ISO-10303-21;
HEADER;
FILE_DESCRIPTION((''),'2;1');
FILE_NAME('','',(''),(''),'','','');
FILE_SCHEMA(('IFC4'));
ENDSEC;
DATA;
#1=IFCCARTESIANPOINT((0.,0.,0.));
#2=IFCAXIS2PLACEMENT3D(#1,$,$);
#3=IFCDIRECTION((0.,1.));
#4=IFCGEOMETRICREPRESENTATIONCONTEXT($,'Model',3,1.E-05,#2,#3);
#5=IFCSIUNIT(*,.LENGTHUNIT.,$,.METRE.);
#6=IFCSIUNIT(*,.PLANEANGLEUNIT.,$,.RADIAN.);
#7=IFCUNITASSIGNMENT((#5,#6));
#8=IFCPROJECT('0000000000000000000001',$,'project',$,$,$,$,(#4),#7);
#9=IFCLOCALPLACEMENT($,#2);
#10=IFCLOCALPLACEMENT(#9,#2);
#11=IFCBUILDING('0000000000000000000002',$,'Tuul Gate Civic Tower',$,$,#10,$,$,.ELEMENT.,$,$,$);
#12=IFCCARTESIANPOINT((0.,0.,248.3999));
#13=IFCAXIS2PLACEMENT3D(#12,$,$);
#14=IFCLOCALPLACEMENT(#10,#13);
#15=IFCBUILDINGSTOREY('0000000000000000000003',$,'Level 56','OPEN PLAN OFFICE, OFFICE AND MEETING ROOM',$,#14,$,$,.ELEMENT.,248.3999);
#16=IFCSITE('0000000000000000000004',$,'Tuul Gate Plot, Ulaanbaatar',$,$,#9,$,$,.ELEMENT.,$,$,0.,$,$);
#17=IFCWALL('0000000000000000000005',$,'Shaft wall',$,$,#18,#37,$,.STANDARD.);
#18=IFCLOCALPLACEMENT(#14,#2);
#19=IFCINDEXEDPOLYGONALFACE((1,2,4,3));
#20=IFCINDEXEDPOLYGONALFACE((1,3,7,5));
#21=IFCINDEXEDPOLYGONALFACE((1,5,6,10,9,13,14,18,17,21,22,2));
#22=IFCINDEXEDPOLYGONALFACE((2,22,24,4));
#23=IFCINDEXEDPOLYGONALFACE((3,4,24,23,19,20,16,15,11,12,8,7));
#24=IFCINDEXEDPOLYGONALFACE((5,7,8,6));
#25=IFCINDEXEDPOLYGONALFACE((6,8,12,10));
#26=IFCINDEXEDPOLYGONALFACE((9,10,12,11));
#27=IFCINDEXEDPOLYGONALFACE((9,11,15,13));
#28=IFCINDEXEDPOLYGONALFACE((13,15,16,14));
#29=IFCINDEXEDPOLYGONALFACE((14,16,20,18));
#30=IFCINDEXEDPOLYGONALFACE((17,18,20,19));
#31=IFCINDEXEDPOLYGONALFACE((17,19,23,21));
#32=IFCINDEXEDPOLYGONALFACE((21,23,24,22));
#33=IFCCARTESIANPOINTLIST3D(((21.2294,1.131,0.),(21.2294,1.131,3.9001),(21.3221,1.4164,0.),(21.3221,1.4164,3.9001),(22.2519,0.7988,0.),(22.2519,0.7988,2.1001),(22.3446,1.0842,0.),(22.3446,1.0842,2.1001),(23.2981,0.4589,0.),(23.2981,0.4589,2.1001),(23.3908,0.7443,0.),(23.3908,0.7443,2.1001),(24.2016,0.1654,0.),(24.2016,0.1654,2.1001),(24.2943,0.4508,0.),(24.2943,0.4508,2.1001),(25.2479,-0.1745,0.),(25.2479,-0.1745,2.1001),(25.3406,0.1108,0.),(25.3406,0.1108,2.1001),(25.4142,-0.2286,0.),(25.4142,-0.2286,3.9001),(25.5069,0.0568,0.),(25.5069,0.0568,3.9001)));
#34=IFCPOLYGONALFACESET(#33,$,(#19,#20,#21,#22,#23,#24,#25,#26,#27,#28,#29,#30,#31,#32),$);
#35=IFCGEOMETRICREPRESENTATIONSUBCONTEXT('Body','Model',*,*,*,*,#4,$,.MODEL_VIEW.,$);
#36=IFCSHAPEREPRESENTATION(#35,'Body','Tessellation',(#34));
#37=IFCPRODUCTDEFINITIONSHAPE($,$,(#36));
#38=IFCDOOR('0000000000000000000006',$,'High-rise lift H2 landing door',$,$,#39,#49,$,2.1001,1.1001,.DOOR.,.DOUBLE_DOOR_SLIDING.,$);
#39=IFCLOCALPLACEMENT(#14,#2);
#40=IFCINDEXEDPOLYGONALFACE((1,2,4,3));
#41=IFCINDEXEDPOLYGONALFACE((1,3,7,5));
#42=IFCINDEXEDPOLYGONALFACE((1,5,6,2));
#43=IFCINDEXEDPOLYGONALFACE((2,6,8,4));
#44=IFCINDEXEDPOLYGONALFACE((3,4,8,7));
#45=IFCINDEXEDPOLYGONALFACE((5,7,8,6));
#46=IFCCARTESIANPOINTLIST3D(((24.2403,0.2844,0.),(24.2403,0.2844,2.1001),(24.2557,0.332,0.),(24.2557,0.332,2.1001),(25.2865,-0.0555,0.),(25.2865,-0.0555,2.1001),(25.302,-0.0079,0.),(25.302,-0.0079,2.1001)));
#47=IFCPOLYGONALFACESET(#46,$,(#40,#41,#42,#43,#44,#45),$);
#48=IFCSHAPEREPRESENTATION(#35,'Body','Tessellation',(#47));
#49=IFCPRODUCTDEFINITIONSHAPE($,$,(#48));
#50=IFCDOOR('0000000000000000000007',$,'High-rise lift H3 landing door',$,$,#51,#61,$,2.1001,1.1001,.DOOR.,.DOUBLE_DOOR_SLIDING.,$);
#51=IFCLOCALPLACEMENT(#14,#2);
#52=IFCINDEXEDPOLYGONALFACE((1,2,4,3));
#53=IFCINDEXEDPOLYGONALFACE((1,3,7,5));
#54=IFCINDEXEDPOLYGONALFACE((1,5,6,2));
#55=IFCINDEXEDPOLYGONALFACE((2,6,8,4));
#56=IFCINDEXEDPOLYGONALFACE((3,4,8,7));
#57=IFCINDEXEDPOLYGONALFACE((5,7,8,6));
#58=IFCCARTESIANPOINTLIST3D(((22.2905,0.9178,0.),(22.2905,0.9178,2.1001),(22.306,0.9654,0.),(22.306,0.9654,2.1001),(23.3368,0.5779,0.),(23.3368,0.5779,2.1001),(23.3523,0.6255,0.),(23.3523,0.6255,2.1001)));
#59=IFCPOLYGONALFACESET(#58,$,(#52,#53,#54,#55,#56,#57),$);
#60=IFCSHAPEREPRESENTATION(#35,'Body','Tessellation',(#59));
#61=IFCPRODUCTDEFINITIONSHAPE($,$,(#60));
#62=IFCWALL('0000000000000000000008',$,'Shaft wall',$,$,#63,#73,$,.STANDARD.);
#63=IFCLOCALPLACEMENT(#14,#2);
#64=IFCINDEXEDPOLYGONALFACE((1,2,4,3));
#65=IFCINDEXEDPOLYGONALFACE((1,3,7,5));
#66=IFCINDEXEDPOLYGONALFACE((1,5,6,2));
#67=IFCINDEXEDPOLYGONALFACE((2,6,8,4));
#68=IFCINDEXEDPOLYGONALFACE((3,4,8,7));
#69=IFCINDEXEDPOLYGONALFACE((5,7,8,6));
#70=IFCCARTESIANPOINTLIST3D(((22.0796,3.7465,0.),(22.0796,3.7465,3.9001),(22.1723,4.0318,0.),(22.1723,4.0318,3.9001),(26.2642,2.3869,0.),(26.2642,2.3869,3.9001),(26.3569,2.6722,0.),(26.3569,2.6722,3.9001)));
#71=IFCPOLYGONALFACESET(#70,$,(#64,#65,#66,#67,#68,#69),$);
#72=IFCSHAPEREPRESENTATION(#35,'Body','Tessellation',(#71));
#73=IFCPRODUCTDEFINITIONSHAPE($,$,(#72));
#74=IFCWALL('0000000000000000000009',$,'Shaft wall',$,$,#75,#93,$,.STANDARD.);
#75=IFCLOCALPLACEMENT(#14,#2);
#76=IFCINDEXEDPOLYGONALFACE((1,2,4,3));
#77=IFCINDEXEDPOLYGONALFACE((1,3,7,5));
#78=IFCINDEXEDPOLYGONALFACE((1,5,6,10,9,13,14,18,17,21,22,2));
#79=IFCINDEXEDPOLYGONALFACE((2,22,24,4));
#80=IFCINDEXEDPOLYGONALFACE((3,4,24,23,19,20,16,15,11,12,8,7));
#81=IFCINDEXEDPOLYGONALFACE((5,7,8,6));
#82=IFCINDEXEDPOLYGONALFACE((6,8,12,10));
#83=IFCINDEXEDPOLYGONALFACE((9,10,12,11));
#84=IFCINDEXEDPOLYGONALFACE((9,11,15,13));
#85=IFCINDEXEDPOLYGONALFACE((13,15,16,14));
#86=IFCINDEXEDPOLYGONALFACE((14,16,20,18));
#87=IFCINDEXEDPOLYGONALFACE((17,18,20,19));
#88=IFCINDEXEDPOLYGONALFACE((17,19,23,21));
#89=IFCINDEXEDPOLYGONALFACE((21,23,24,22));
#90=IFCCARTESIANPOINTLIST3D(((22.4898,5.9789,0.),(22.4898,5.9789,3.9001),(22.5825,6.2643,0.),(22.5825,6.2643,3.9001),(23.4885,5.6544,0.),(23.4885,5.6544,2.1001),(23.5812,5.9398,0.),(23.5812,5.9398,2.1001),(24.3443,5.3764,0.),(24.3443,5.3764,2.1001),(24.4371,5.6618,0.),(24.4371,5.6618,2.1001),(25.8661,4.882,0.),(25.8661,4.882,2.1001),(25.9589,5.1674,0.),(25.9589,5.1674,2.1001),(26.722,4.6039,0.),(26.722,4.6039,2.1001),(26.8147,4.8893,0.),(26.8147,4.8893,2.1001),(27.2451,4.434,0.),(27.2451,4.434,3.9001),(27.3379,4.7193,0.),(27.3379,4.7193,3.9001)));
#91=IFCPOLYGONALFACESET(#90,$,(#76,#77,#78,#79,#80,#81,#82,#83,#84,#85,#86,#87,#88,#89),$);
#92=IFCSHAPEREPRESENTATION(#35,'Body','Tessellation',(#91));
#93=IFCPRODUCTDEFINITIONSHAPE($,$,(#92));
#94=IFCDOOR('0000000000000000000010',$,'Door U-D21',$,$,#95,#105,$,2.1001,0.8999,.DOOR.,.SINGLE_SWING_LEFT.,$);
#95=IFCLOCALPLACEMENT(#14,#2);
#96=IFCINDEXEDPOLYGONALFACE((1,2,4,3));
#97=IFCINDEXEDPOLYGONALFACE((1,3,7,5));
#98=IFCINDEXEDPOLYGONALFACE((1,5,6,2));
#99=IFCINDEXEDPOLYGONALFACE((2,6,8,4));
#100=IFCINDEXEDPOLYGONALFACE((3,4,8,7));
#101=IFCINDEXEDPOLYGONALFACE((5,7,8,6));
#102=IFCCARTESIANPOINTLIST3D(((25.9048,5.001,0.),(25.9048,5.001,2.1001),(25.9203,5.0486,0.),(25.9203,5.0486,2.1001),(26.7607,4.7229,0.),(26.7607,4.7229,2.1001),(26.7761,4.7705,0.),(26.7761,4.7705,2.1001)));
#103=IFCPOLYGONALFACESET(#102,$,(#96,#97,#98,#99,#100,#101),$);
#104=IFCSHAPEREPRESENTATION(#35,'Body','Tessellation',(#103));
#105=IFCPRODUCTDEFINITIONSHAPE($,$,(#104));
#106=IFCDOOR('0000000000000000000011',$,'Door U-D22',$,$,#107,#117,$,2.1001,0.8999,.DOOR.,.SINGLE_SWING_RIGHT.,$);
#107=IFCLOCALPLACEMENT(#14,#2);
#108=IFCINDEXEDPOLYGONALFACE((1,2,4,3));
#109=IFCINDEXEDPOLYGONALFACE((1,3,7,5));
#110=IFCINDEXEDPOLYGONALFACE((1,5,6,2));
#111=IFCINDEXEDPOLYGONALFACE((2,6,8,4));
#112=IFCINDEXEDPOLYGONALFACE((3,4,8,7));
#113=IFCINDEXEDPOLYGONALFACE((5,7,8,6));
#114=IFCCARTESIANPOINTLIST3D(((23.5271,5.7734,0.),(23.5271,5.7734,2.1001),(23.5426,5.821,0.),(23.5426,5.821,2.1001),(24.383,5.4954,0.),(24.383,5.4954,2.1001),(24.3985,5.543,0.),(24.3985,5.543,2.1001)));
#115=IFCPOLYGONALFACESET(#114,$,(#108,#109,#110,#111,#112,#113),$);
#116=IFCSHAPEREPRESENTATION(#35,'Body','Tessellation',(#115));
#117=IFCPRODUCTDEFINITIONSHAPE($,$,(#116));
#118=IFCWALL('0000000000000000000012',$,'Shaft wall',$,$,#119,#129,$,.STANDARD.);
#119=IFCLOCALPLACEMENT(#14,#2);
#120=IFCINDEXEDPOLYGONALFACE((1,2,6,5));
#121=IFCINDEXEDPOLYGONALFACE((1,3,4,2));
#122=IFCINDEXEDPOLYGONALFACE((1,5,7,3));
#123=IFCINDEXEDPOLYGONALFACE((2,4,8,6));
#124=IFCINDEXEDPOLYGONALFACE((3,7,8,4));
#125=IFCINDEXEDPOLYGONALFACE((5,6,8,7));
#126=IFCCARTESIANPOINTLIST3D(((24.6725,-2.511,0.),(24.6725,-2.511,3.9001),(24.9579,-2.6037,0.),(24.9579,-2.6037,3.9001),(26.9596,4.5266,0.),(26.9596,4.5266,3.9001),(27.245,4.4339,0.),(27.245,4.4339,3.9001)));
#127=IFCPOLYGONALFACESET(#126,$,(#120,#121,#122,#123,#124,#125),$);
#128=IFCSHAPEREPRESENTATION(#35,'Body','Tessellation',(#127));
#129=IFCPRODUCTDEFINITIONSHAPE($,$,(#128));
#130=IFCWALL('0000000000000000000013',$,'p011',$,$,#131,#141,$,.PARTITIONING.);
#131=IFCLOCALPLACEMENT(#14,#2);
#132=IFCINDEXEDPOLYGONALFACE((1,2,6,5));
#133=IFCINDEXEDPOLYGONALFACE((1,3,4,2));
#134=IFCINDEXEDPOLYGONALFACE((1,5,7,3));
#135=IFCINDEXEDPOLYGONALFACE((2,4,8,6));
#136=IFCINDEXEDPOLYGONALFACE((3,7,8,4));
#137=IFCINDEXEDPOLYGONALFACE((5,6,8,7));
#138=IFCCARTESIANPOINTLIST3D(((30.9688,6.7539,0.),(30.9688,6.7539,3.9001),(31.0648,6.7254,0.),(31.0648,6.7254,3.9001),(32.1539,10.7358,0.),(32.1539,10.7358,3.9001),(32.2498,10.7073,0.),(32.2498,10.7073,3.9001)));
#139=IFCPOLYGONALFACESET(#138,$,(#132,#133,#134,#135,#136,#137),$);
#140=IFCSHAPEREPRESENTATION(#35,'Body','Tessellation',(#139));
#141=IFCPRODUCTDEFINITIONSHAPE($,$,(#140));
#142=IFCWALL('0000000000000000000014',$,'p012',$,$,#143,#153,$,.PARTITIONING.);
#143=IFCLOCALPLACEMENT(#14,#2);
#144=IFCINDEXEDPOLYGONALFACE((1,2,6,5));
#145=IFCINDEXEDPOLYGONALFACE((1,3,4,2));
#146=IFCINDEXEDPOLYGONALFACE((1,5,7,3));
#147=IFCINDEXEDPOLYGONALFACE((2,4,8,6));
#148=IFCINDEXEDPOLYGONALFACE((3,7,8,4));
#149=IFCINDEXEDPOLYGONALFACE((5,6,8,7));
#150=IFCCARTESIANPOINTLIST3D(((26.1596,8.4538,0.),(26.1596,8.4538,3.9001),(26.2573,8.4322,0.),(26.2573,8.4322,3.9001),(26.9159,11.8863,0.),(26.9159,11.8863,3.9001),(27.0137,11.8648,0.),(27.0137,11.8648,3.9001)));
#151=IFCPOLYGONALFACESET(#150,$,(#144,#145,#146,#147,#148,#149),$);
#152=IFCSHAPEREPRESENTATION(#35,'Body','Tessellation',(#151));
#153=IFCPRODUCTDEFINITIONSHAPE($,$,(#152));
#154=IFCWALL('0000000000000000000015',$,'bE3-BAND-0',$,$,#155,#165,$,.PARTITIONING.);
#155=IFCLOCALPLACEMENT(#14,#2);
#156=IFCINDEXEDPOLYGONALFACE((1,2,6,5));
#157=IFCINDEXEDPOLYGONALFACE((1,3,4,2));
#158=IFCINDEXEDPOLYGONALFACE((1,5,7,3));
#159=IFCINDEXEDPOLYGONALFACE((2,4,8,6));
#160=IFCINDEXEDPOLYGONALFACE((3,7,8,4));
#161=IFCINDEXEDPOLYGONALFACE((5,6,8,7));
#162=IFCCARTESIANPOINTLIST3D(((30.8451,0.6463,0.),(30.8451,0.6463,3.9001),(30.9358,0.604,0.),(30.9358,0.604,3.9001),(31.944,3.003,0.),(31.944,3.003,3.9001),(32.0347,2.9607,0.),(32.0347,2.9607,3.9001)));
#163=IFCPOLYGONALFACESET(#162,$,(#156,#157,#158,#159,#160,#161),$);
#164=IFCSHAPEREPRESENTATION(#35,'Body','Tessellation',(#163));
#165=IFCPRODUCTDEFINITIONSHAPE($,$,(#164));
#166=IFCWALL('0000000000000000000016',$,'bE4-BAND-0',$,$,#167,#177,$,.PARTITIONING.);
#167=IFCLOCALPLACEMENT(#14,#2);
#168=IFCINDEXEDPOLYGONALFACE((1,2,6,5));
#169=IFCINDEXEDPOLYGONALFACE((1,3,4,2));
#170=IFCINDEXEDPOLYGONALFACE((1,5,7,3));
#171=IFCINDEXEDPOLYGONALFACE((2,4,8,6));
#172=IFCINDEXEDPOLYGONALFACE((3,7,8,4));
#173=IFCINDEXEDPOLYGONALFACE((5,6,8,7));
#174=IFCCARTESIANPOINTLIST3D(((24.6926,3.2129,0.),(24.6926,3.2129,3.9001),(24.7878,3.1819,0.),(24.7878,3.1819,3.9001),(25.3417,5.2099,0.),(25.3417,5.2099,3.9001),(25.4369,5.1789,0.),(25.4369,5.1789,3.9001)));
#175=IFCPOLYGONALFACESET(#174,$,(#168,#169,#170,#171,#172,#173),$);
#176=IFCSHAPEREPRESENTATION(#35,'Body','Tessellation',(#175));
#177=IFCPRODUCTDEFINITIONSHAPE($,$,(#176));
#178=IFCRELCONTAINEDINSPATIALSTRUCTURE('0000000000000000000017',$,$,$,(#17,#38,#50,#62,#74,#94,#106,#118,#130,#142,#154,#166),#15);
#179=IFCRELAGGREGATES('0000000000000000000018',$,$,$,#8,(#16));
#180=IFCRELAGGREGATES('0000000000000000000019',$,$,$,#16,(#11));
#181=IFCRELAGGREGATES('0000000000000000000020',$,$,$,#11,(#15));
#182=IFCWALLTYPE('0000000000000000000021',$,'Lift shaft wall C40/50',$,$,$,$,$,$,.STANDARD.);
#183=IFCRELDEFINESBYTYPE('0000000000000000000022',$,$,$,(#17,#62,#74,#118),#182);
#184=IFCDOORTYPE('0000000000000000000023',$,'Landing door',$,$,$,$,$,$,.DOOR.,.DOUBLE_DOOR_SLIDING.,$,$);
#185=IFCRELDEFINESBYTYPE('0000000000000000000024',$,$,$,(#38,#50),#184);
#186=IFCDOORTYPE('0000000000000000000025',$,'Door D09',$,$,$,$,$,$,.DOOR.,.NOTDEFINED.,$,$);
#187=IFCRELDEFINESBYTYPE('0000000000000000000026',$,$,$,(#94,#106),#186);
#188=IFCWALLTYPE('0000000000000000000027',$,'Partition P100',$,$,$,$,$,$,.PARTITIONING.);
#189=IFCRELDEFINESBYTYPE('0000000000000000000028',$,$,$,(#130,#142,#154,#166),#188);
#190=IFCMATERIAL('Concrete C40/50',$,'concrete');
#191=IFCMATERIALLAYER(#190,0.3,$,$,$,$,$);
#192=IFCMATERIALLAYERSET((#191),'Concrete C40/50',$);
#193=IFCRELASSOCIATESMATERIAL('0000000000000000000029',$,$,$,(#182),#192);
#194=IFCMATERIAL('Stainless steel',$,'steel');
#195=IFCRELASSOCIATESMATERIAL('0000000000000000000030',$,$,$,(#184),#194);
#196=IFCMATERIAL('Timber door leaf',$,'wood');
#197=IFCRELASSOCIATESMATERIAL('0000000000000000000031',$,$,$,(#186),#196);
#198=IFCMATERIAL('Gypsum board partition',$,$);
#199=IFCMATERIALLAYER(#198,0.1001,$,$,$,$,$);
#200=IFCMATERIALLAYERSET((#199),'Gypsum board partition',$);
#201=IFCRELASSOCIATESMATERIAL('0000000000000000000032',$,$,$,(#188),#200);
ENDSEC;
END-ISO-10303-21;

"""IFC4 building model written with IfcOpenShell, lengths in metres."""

from ifc_helpers import new_model, si_unit, direction, frame, frame_2d, origin, place, context, subcontext, project, spatial, rectangle, extrude, material, layer, layer_set, type_object, element, fill, save


model = new_model("IFC4")

# Units and contexts
model_context = context("Model", 3, precision=1e-05, world=origin(), true_north=direction((0.0, 1.0)))
body_context = subcontext(model_context, "Body", "Model", "MODEL_VIEW")
ifc_project = project(units=[si_unit("LENGTHUNIT", "METRE"), si_unit("PLANEANGLEUNIT", "RADIAN")], contexts=[model_context])

# Site, building, storey
site_placement = place(None, origin())
site = spatial("IfcSite", under=ifc_project, at=site_placement, Name="Tuul Gate Plot, Ulaanbaatar", CompositionType="ELEMENT", RefElevation=0.0)
building_placement = place(site_placement, origin())
building = spatial("IfcBuilding", under=site, at=building_placement, Name="Tuul Gate Civic Tower", CompositionType="ELEMENT")
storey_placement = place(building_placement, frame((0.0, 0.0, 248.3999)))
storey = spatial("IfcBuildingStorey", under=building, at=storey_placement, Name="Level 56", Description="OPEN PLAN OFFICE, OFFICE AND MEETING ROOM", CompositionType="ELEMENT", Elevation=248.3999)

# Shared definitions
ifc_material_1 = material(Name="Concrete C40/50", Category="concrete")
ifc_layer_1 = layer(ifc_material_1, 0.3)
ifc_layer_set_1 = layer_set([ifc_layer_1], Name="Concrete C40/50")
wall_type_1 = type_object("IfcWallType", Name="Lift shaft wall C40/50", PredefinedType="STANDARD", material=ifc_layer_set_1)

# Wall, openings, doors
wall_1_placement = place(storey_placement, frame((25.4607, -0.0859, 0.0), z_axis=(0.0, 0.0, 1.0), x_axis=(-0.951064, 0.308994, 0.0)))
wall_1 = element("IfcWall", 1, at=wall_1_placement, inside=storey, type_object=wall_type_1, Name="Shaft wall", PredefinedType="STANDARD", context=body_context, shape_type="SweptSolid", body=[
    extrude(rectangle(XDim=4.4001, YDim=0.3, at=frame_2d((2.2002, 0.0))), origin(), (0.0, 0.0, 1.0), 3.9001),
])
opening_1_placement = place(wall_1_placement, frame((0.175, 0.0, 0.0)))
opening_1 = element("IfcOpeningElement", 2, at=opening_1_placement, cuts=wall_1, PredefinedType="OPENING", context=body_context, shape_type="SweptSolid", body=[
    extrude(rectangle(XDim=1.1001, YDim=2.1001, at=frame_2d((0.55, 1.05))), frame((0.0, 0.1602, 0.0), z_axis=(0.0, -1.0, 0.0), x_axis=(1.0, 0.0, 0.0)), (0.0, 0.0, 1.0), 0.3201),
])
opening_2_placement = place(wall_1_placement, frame((2.2251, 0.0, 0.0)))
opening_2 = element("IfcOpeningElement", 3, at=opening_2_placement, cuts=wall_1, PredefinedType="OPENING", context=body_context, shape_type="SweptSolid", body=[
    extrude(rectangle(XDim=1.1001, YDim=2.1001, at=frame_2d((0.55, 1.05))), frame((0.0, 0.1602, 0.0), z_axis=(0.0, -1.0, 0.0), x_axis=(1.0, 0.0, 0.0)), (0.0, 0.0, 1.0), 0.3201),
])
ifc_material_2 = material(Name="Stainless steel", Category="steel")
door_type_1 = type_object("IfcDoorType", Name="Landing door", OperationType="DOUBLE_DOOR_SLIDING", PredefinedType="DOOR", material=ifc_material_2)
door_1_placement = place(opening_1_placement, origin())
door_1 = element("IfcDoor", 4, at=door_1_placement, inside=storey, type_object=door_type_1, Name="High-rise lift H2 landing door", OperationType="DOUBLE_DOOR_SLIDING", OverallHeight=2.1001, OverallWidth=1.1001, PredefinedType="DOOR", context=body_context, shape_type="SweptSolid", body=[
    extrude(rectangle(XDim=1.1001, YDim=2.1001, at=frame_2d((0.55, 1.05))), frame((0.0, 0.0249, 0.0), z_axis=(0.0, -1.0, 0.0), x_axis=(1.0, 0.0, 0.0)), (0.0, 0.0, 1.0), 0.05),
])
fill(opening_1, door_1)
door_2_placement = place(opening_2_placement, origin())
door_2 = element("IfcDoor", 5, at=door_2_placement, inside=storey, type_object=door_type_1, Name="High-rise lift H3 landing door", OperationType="DOUBLE_DOOR_SLIDING", OverallHeight=2.1001, OverallWidth=1.1001, PredefinedType="DOOR", context=body_context, shape_type="SweptSolid", body=[
    extrude(rectangle(XDim=1.1001, YDim=2.1001, at=frame_2d((0.55, 1.05))), frame((0.0, 0.0249, 0.0), z_axis=(0.0, -1.0, 0.0), x_axis=(1.0, 0.0, 0.0)), (0.0, 0.0, 1.0), 0.05),
])
fill(opening_2, door_2)

# Wall
wall_2_placement = place(storey_placement, frame((26.3105, 2.5295, 0.0), z_axis=(0.0, 0.0, 1.0), x_axis=(-0.951059, 0.309011, 0.0)))
element("IfcWall", 6, at=wall_2_placement, inside=storey, type_object=wall_type_1, Name="Shaft wall", PredefinedType="STANDARD", context=body_context, shape_type="SweptSolid", body=[
    extrude(rectangle(XDim=4.3999, YDim=0.3, at=frame_2d((2.2, 0.0))), origin(), (0.0, 0.0, 1.0), 3.9001),
])

# Wall, openings, doors
wall_3_placement = place(storey_placement, frame((27.2915, 4.5767, 0.0), z_axis=(0.0, 0.0, 1.0), x_axis=(-0.951068, 0.308982, 0.0)))
wall_3 = element("IfcWall", 7, at=wall_3_placement, inside=storey, type_object=wall_type_1, Name="Shaft wall", PredefinedType="STANDARD", context=body_context, shape_type="SweptSolid", body=[
    extrude(rectangle(XDim=5.0, YDim=0.3, at=frame_2d((2.5, 0.0))), origin(), (0.0, 0.0, 1.0), 3.9001),
])
opening_3_placement = place(wall_3_placement, frame((0.55, 0.0, 0.0)))
opening_3 = element("IfcOpeningElement", 8, at=opening_3_placement, cuts=wall_3, PredefinedType="OPENING", context=body_context, shape_type="SweptSolid", body=[
    extrude(rectangle(XDim=0.8999, YDim=2.1001, at=frame_2d((0.45, 1.05))), frame((0.0, 0.1602, 0.0), z_axis=(0.0, -1.0, 0.0), x_axis=(1.0, 0.0, 0.0)), (0.0, 0.0, 1.0), 0.3201),
])
opening_4_placement = place(wall_3_placement, frame((3.05, 0.0, 0.0)))
opening_4 = element("IfcOpeningElement", 9, at=opening_4_placement, cuts=wall_3, PredefinedType="OPENING", context=body_context, shape_type="SweptSolid", body=[
    extrude(rectangle(XDim=0.8999, YDim=2.1001, at=frame_2d((0.45, 1.05))), frame((0.0, 0.1602, 0.0), z_axis=(0.0, -1.0, 0.0), x_axis=(1.0, 0.0, 0.0)), (0.0, 0.0, 1.0), 0.3201),
])
ifc_material_3 = material(Name="Timber door leaf", Category="wood")
door_type_2 = type_object("IfcDoorType", Name="Door D09", OperationType="NOTDEFINED", PredefinedType="DOOR", material=ifc_material_3)
door_3_placement = place(opening_3_placement, origin())
door_3 = element("IfcDoor", 10, at=door_3_placement, inside=storey, type_object=door_type_2, Name="Door U-D21", OperationType="SINGLE_SWING_LEFT", OverallHeight=2.1001, OverallWidth=0.8999, PredefinedType="DOOR", context=body_context, shape_type="SweptSolid", body=[
    extrude(rectangle(XDim=0.8999, YDim=2.1001, at=frame_2d((0.45, 1.05))), frame((0.0, 0.0249, 0.0), z_axis=(0.0, -1.0, 0.0), x_axis=(1.0, 0.0, 0.0)), (0.0, 0.0, 1.0), 0.05),
])
fill(opening_3, door_3)
door_4_placement = place(opening_4_placement, origin())
door_4 = element("IfcDoor", 11, at=door_4_placement, inside=storey, type_object=door_type_2, Name="Door U-D22", OperationType="SINGLE_SWING_RIGHT", OverallHeight=2.1001, OverallWidth=0.8999, PredefinedType="DOOR", context=body_context, shape_type="SweptSolid", body=[
    extrude(rectangle(XDim=0.8999, YDim=2.1001, at=frame_2d((0.45, 1.05))), frame((0.0, 0.0249, 0.0), z_axis=(0.0, -1.0, 0.0), x_axis=(1.0, 0.0, 0.0)), (0.0, 0.0, 1.0), 0.05),
])
fill(opening_4, door_4)

# Walls
wall_4_placement = place(storey_placement, frame((24.8152, -2.5574, 0.0), z_axis=(0.0, 0.0, 1.0), x_axis=(0.309073, 0.951038, 0.0)))
element("IfcWall", 12, at=wall_4_placement, inside=storey, type_object=wall_type_1, Name="Shaft wall", PredefinedType="STANDARD", context=body_context, shape_type="SweptSolid", body=[
    extrude(rectangle(XDim=7.3999, YDim=0.3, at=frame_2d((3.7, 0.0))), origin(), (0.0, 0.0, 1.0), 3.9001),
])
ifc_material_4 = material(Name="Gypsum board partition")
ifc_layer_2 = layer(ifc_material_4, 0.1001)
ifc_layer_set_2 = layer_set([ifc_layer_2], Name="Gypsum board partition")
wall_type_2 = type_object("IfcWallType", Name="Partition P100", PredefinedType="PARTITIONING", material=ifc_layer_set_2)
wall_5_placement = place(storey_placement, frame((31.0168, 6.7397, 0.0), z_axis=(0.0, 0.0, 1.0), x_axis=(0.285245, 0.958455, 0.0)))
element("IfcWall", 13, at=wall_5_placement, inside=storey, type_object=wall_type_2, Name="p011", PredefinedType="PARTITIONING", context=body_context, shape_type="SweptSolid", body=[
    extrude(rectangle(XDim=4.1545, YDim=0.1001, at=frame_2d((2.0771, 0.0))), origin(), (0.0, 0.0, 1.0), 3.9001),
])
wall_6_placement = place(storey_placement, frame((26.2085, 8.4431, 0.0), z_axis=(0.0, 0.0, 1.0), x_axis=(0.21518, 0.976574, 0.0)))
element("IfcWall", 14, at=wall_6_placement, inside=storey, type_object=wall_type_2, Name="p012", PredefinedType="PARTITIONING", context=body_context, shape_type="SweptSolid", body=[
    extrude(rectangle(XDim=3.5149, YDim=0.1001, at=frame_2d((1.7573, 0.0))), origin(), (0.0, 0.0, 1.0), 3.9001),
])
wall_7_placement = place(storey_placement, frame((30.8904, 0.625, 0.0), z_axis=(0.0, 0.0, 1.0), x_axis=(0.422598, 0.906317, 0.0)))
element("IfcWall", 15, at=wall_7_placement, inside=storey, type_object=wall_type_2, Name="bE3-BAND-0", PredefinedType="PARTITIONING", context=body_context, shape_type="SweptSolid", body=[
    extrude(rectangle(XDim=2.6003, YDim=0.1001, at=frame_2d((1.3003, 0.0))), origin(), (0.0, 0.0, 1.0), 3.9001),
])
wall_8_placement = place(storey_placement, frame((24.7402, 3.1975, 0.0), z_axis=(0.0, 0.0, 1.0), x_axis=(0.309139, 0.951017, 0.0)))
element("IfcWall", 16, at=wall_8_placement, inside=storey, type_object=wall_type_2, Name="bE4-BAND-0", PredefinedType="PARTITIONING", context=body_context, shape_type="SweptSolid", body=[
    extrude(rectangle(XDim=2.0999, YDim=0.1001, at=frame_2d((1.0498, 0.0))), origin(), (0.0, 0.0, 1.0), 3.9001),
])

save(model, "model.ifc")
